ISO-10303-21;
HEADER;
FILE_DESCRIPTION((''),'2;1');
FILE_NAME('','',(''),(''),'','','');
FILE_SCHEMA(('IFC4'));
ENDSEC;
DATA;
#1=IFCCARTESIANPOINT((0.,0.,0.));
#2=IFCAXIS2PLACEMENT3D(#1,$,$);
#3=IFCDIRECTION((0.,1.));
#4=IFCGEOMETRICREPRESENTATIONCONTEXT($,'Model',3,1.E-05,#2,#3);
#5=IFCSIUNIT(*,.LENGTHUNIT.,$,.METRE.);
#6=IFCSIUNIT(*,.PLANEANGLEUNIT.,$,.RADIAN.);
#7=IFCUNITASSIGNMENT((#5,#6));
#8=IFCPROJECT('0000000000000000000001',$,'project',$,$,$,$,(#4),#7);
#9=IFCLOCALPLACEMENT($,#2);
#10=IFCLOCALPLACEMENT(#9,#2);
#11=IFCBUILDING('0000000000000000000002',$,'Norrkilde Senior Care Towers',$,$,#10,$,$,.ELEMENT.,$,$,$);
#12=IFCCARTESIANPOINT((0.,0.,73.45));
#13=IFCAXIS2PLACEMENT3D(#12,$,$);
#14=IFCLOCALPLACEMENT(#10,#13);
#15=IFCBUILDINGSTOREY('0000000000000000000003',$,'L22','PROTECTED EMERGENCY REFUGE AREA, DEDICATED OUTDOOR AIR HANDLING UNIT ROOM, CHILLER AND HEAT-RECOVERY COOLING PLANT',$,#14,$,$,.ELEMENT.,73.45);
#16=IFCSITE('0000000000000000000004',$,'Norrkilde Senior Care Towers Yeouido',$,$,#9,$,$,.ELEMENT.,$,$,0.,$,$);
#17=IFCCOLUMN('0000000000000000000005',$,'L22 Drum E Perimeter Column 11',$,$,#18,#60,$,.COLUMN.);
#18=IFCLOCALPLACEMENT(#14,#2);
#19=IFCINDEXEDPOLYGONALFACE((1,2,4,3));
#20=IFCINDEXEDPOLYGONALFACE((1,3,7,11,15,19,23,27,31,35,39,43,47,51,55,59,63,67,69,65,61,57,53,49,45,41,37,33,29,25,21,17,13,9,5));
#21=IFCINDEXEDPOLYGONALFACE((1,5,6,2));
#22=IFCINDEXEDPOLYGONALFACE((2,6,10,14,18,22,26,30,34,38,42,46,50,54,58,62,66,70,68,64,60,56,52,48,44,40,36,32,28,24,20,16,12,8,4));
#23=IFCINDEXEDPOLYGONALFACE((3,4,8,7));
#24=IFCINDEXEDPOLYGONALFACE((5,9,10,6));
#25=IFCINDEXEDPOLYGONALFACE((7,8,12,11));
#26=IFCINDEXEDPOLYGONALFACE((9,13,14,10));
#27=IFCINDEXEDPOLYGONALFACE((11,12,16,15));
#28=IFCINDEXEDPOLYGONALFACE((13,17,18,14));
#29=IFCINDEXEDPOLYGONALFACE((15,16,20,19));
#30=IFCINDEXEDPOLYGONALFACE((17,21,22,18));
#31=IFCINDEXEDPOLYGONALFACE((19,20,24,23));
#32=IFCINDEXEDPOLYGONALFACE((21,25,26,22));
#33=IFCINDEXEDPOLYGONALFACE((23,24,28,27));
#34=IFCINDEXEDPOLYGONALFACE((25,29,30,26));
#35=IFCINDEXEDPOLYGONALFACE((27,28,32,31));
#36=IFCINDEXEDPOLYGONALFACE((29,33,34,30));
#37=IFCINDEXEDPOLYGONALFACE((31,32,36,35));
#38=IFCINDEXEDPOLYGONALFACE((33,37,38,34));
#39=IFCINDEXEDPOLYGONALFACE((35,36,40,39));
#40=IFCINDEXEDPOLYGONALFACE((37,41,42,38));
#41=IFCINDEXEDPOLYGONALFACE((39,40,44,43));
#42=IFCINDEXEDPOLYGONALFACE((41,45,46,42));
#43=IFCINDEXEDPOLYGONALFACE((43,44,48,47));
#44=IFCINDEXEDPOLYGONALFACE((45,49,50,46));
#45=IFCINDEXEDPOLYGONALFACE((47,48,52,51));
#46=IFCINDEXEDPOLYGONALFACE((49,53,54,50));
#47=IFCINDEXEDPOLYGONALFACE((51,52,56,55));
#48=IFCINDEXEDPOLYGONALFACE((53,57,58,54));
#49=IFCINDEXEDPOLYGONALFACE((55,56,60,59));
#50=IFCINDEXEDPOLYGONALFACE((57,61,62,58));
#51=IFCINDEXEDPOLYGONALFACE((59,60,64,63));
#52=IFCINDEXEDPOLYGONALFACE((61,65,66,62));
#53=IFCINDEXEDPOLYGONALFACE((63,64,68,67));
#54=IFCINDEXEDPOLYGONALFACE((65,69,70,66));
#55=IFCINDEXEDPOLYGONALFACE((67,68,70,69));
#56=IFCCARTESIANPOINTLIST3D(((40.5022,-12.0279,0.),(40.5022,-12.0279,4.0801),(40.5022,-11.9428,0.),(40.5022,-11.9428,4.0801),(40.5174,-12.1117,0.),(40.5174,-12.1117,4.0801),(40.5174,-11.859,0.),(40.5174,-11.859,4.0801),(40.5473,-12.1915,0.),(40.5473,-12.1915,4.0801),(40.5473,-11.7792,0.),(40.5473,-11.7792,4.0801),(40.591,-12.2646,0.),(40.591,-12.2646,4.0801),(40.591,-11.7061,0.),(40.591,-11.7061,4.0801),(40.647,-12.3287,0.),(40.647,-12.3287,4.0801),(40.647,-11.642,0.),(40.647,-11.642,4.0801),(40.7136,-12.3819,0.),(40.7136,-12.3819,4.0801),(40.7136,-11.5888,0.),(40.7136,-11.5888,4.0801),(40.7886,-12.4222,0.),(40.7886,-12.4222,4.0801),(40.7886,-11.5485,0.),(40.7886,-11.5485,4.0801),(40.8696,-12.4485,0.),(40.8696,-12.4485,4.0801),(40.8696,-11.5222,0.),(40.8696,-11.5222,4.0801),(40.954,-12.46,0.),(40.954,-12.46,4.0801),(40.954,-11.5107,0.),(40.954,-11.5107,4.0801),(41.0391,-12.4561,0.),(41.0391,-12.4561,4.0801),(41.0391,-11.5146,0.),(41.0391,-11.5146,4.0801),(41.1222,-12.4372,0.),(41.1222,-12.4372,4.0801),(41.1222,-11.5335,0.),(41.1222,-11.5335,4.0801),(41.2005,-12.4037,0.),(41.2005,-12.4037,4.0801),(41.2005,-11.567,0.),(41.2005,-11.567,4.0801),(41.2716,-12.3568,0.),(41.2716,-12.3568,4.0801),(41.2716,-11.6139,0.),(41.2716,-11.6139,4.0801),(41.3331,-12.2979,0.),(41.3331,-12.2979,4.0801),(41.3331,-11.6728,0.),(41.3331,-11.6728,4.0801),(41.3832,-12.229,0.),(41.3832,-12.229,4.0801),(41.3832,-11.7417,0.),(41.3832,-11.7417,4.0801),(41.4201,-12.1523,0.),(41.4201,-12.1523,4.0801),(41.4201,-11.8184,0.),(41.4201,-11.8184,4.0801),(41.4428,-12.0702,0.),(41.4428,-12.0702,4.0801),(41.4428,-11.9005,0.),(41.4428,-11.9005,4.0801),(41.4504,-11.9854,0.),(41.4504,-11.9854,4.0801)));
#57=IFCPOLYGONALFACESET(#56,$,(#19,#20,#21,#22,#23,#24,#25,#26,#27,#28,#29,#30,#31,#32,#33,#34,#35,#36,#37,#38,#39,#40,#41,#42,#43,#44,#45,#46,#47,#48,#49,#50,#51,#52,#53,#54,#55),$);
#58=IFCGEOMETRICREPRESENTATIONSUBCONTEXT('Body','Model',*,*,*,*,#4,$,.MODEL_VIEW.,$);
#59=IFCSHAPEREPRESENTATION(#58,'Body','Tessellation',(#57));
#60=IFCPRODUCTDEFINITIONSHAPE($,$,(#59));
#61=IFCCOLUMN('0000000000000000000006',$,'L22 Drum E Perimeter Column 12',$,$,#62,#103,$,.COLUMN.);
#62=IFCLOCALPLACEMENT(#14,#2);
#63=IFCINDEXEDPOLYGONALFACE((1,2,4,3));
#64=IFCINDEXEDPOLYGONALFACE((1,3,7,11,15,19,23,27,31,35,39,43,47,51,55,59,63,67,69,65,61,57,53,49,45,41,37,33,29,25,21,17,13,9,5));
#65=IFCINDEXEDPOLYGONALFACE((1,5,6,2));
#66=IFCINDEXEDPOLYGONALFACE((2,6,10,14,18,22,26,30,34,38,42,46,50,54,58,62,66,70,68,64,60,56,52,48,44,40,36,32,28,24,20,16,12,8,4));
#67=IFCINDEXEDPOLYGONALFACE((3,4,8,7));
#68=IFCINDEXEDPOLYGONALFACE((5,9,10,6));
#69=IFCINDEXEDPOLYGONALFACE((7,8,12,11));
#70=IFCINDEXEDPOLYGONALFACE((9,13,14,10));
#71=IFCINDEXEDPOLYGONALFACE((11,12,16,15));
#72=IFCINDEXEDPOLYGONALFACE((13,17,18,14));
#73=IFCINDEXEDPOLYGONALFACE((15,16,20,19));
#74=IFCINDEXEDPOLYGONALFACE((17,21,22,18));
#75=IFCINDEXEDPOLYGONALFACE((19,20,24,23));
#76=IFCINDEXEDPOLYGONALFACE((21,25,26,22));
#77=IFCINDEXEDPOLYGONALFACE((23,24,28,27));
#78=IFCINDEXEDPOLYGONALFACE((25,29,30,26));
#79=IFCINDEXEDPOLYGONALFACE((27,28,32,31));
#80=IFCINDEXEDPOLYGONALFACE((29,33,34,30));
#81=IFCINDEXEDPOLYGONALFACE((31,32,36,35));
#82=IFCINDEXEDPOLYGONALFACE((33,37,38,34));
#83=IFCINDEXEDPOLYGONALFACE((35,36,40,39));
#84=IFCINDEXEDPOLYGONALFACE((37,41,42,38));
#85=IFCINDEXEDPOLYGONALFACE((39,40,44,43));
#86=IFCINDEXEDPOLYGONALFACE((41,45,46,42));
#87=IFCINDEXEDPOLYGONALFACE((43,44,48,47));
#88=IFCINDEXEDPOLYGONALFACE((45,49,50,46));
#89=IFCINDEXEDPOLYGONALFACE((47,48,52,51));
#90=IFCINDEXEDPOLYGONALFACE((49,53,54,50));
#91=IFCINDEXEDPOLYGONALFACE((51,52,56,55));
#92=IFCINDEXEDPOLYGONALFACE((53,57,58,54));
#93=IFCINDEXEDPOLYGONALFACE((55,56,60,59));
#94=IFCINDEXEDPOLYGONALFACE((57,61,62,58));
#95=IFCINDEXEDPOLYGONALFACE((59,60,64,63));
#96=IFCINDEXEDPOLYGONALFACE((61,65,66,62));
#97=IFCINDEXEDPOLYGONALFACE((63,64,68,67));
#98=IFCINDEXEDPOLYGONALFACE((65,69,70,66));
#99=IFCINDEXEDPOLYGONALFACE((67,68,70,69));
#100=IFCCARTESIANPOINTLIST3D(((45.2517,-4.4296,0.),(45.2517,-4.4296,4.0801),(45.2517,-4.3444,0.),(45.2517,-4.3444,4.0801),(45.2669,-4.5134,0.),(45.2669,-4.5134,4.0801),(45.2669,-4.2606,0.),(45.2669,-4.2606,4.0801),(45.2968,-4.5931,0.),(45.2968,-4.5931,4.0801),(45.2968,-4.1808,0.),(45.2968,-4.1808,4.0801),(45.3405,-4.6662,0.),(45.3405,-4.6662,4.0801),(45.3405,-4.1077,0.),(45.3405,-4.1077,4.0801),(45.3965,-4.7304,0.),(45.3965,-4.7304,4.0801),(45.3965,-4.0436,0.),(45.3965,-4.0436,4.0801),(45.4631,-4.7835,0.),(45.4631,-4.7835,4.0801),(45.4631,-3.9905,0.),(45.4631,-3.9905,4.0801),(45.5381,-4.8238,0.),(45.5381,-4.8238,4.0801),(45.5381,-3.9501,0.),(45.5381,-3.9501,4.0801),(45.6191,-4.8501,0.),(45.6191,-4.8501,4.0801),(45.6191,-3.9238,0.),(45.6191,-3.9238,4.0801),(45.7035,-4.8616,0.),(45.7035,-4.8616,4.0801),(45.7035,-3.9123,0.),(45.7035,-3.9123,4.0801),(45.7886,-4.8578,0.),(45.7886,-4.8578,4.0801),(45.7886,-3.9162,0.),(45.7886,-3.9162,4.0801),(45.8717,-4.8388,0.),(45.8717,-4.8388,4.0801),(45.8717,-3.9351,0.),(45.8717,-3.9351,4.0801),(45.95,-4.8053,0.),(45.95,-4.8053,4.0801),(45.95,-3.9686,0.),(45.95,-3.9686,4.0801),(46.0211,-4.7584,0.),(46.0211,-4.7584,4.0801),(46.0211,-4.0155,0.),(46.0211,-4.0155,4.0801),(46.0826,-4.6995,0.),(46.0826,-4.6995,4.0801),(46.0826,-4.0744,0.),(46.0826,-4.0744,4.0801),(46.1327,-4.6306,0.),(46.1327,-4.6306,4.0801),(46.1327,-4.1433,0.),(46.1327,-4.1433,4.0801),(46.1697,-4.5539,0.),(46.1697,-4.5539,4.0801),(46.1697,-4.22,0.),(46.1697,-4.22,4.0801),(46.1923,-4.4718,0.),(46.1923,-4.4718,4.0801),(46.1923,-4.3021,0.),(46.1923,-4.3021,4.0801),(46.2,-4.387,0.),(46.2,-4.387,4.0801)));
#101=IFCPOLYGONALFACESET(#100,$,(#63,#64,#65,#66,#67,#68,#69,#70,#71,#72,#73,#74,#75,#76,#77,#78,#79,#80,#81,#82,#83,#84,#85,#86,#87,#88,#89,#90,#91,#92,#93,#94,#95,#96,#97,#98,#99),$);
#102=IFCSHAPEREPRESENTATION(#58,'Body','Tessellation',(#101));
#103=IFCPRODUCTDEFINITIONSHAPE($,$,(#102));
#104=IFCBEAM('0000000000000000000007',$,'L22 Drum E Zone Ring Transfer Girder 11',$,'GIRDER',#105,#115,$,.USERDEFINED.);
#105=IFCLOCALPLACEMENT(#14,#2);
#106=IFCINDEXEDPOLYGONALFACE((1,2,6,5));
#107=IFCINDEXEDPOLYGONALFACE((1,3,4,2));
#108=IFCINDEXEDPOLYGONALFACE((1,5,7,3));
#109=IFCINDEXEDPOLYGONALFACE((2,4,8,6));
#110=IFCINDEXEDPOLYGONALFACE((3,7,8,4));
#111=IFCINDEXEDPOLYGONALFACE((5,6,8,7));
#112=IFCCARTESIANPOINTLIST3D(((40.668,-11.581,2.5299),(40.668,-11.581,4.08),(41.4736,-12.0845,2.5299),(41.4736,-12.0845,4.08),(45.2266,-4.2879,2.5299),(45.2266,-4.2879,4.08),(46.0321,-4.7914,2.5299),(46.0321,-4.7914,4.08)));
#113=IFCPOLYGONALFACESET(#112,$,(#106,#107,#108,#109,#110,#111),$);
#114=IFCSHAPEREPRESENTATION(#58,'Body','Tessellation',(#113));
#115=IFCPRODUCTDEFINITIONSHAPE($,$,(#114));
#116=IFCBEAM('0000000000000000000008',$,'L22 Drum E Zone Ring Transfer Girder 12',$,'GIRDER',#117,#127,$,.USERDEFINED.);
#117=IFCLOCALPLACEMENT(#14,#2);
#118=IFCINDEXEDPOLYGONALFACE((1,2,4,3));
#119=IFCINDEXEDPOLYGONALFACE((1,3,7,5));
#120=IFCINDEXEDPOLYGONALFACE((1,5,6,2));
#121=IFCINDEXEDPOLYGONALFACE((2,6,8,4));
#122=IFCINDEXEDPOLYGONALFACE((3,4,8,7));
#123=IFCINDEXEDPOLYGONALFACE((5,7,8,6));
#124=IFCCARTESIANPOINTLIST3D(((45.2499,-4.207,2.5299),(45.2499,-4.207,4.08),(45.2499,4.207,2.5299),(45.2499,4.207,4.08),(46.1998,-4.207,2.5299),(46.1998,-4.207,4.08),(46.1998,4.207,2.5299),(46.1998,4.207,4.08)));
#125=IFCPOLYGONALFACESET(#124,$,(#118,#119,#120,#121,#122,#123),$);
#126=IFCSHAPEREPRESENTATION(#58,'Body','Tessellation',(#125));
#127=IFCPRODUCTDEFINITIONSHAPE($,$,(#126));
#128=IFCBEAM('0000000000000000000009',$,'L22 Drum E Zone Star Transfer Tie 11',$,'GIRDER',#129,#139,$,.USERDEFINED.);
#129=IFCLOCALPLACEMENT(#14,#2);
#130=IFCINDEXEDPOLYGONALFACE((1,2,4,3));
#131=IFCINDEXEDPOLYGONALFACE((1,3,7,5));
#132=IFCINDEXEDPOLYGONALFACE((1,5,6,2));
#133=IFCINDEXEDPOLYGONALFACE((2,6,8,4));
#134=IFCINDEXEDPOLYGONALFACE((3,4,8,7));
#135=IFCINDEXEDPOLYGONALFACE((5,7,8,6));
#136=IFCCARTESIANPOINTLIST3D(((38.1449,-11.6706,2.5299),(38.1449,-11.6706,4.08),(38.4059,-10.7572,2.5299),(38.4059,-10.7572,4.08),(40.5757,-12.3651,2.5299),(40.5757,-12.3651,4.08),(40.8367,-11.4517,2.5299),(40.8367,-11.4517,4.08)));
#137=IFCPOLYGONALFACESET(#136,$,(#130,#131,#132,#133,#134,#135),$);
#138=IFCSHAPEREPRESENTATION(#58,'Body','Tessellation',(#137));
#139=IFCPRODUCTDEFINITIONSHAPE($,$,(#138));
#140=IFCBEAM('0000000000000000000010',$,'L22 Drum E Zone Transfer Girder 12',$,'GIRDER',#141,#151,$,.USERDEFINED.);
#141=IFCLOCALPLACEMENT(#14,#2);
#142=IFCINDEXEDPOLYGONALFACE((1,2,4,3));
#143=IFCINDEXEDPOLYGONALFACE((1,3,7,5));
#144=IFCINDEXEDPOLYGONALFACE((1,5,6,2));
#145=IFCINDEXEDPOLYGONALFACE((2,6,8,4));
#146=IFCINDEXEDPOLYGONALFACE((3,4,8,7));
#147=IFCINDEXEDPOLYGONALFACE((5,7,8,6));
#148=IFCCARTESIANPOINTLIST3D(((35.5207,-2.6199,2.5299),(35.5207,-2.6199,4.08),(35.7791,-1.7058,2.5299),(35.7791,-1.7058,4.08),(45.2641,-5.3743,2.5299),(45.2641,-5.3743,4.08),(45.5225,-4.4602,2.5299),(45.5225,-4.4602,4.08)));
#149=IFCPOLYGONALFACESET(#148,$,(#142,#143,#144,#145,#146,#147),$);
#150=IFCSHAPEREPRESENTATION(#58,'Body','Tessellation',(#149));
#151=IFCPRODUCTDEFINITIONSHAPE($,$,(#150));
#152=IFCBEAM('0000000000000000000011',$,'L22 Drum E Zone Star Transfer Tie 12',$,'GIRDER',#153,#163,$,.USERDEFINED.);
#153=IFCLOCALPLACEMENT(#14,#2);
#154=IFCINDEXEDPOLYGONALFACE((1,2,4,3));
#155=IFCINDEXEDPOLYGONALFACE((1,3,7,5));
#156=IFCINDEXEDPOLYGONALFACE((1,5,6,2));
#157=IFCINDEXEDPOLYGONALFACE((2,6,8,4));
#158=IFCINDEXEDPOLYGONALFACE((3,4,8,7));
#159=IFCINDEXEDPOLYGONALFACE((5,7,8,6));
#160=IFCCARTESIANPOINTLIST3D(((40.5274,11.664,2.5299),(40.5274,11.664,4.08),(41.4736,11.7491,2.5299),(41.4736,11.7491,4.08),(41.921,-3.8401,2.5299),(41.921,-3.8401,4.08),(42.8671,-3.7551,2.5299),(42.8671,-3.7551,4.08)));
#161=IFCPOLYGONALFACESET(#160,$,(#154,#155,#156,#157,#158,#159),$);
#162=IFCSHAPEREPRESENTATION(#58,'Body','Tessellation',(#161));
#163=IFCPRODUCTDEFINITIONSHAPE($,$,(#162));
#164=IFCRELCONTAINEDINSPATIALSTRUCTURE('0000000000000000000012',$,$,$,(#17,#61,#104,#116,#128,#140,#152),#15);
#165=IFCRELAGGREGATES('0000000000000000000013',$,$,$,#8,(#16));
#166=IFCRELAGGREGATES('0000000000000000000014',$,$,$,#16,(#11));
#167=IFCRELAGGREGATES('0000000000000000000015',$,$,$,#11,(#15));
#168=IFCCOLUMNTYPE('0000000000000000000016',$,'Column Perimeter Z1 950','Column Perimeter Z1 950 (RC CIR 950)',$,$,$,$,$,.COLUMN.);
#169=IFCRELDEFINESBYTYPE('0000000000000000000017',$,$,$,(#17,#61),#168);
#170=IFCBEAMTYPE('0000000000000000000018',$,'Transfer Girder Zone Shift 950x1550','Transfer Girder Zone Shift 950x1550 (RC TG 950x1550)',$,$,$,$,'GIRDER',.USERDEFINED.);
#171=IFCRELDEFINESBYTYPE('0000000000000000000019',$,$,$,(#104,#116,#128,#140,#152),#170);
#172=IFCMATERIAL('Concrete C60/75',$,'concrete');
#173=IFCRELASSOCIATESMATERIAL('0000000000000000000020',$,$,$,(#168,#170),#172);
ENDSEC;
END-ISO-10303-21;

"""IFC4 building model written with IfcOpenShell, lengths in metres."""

from ifc_helpers import new_model, si_unit, direction, frame, origin, origin_2d, place, context, subcontext, project, spatial, rectangle, circle, extrude, source, transform, mapped, material, material_profile, profile_set, type_object, type_shapes, element, save


model = new_model("IFC4")

# Units and contexts
model_context = context("Model", 3, precision=1e-05, world=origin(), true_north=direction((0.0, 1.0)))
body_context = subcontext(model_context, "Body", "Model", "MODEL_VIEW")
ifc_project = project(units=[si_unit("LENGTHUNIT", "METRE"), si_unit("PLANEANGLEUNIT", "RADIAN")], contexts=[model_context])

# Site, building, storey
site_placement = place(None, origin())
site = spatial("IfcSite", under=ifc_project, at=site_placement, Name="Norrkilde Senior Care Towers Yeouido", CompositionType="ELEMENT", RefElevation=0.0)
building_placement = place(site_placement, origin())
building = spatial("IfcBuilding", under=site, at=building_placement, Name="Norrkilde Senior Care Towers", CompositionType="ELEMENT")
storey_placement = place(building_placement, frame((0.0, 0.0, 73.45)))
storey = spatial("IfcBuildingStorey", under=building, at=storey_placement, Name="L22", Description="PROTECTED EMERGENCY REFUGE AREA, DEDICATED OUTDOOR AIR HANDLING UNIT ROOM, CHILLER AND HEAT-RECOVERY COOLING PLANT", CompositionType="ELEMENT", Elevation=73.45)

# Columns
ifc_material_1 = material(Name="Concrete C60/75", Category="concrete")
ifc_material_profile_1 = material_profile(ifc_material_1, circle(Radius=0.4751, at=origin_2d()), Name="RC CIR 950")
ifc_profile_set_1 = profile_set([ifc_material_profile_1], Name="Concrete C60/75")
column_type = type_object("IfcColumnType", Name="Column Perimeter Z1 950", Description="Column Perimeter Z1 950 (RC CIR 950)", PredefinedType="COLUMN", material=ifc_profile_set_1)
shared_shape_1 = source(origin(), body_context, "Body", "SweptSolid", [
    extrude(circle(Radius=0.4751, at=origin_2d()), origin(), (0.0, 0.0, 1.0), 4.0801),
])
type_shapes(column_type, [shared_shape_1])
for number, where, z_axis, x_axis, name in (
    (1, (40.9753, -11.9854, 0.0), (0.0, 0.0, 1.0), (1.0, 0.0, 0.0), "L22 Drum E Perimeter Column 11"),
    (2, (45.7249, -4.387, 0.0), (0.0, 0.0, 1.0), (1.0, 0.0, 0.0), "L22 Drum E Perimeter Column 12"),
):
    element("IfcColumn", number, at=place(storey_placement, frame(where, z_axis=z_axis, x_axis=x_axis)), inside=storey, type_object=column_type, Name=name, PredefinedType="COLUMN", context=body_context, shape_type="MappedRepresentation", body=[
        mapped(shared_shape_1, transform((0.0, 0.0, 0.0), x_axis=(1.0, 0.0, 0.0), y_axis=(0.0, 1.0, 0.0), z_axis=(0.0, 0.0, 1.0), scale=1.0)),
    ])

# Beams
ifc_material_profile_2 = material_profile(ifc_material_1, rectangle(XDim=0.95, YDim=1.55, at=origin_2d()), Name="RC TG 950x1550")
ifc_profile_set_2 = profile_set([ifc_material_profile_2], Name="Concrete C60/75")
beam_type = type_object("IfcBeamType", Name="Transfer Girder Zone Shift 950x1550", Description="Transfer Girder Zone Shift 950x1550 (RC TG 950x1550)", ElementType="GIRDER", PredefinedType="USERDEFINED", material=ifc_profile_set_2)
shared_shape_2 = source(origin(), body_context, "Body", "SweptSolid", [
    extrude(rectangle(XDim=0.95, YDim=1.55, at=origin_2d()), origin(), (0.0, 0.0, 1.0), 8.6006),
])
beam_1_placement = place(storey_placement, frame((41.0708, -11.8328, 3.3049), z_axis=(0.530027, 0.847981, 0.0), x_axis=(-0.847981, 0.530027, 0.0)))
element("IfcBeam", 3, at=beam_1_placement, inside=storey, type_object=beam_type, Name="L22 Drum E Zone Ring Transfer Girder 11", ObjectType="GIRDER", PredefinedType="USERDEFINED", context=body_context, shape_type="MappedRepresentation", body=[
    mapped(shared_shape_2, transform((0.0, 0.0, 0.0), x_axis=(1.0, 0.0, 0.0), y_axis=(0.0, 1.0, 0.0), z_axis=(0.0, 0.0, 1.0), scale=1.0)),
])
shared_shape_3 = source(origin(), body_context, "Body", "SweptSolid", [
    extrude(rectangle(XDim=0.95, YDim=1.55, at=origin_2d()), origin(), (0.0, 0.0, 1.0), 8.4141),
])
beam_2_placement = place(storey_placement, frame((45.7249, -4.207, 3.3049), z_axis=(0.0, 1.0, 0.0), x_axis=(-1.0, 0.0, 0.0)))
element("IfcBeam", 4, at=beam_2_placement, inside=storey, type_object=beam_type, Name="L22 Drum E Zone Ring Transfer Girder 12", ObjectType="GIRDER", PredefinedType="USERDEFINED", context=body_context, shape_type="MappedRepresentation", body=[
    mapped(shared_shape_3, transform((0.0, 0.0, 0.0), x_axis=(1.0, 0.0, 0.0), y_axis=(0.0, 1.0, 0.0), z_axis=(0.0, 0.0, 1.0), scale=1.0)),
])
shared_shape_4 = source(origin(), body_context, "Body", "SweptSolid", [
    extrude(rectangle(XDim=0.95, YDim=1.55, at=origin_2d()), origin(), (0.0, 0.0, 1.0), 2.5281),
])
beam_3_placement = place(storey_placement, frame((38.2754, -11.2139, 3.3049), z_axis=(0.96152, -0.274734, 0.0), x_axis=(0.274734, 0.96152, 0.0)))
element("IfcBeam", 5, at=beam_3_placement, inside=storey, type_object=beam_type, Name="L22 Drum E Zone Star Transfer Tie 11", ObjectType="GIRDER", PredefinedType="USERDEFINED", context=body_context, shape_type="MappedRepresentation", body=[
    mapped(shared_shape_4, transform((0.0, 0.0, 0.0), x_axis=(1.0, 0.0, 0.0), y_axis=(0.0, 1.0, 0.0), z_axis=(0.0, 0.0, 1.0), scale=1.0)),
])
shared_shape_5 = source(origin(), body_context, "Body", "SweptSolid", [
    extrude(rectangle(XDim=0.95, YDim=1.55, at=origin_2d()), origin(), (0.0, 0.0, 1.0), 10.1252),
])
beam_4_placement = place(storey_placement, frame((35.6499, -2.1628, 3.3049), z_axis=(0.962288, -0.272032, 0.0), x_axis=(0.272032, 0.962288, 0.0)))
element("IfcBeam", 6, at=beam_4_placement, inside=storey, type_object=beam_type, Name="L22 Drum E Zone Transfer Girder 12", ObjectType="GIRDER", PredefinedType="USERDEFINED", context=body_context, shape_type="MappedRepresentation", body=[
    mapped(shared_shape_5, transform((0.0, 0.0, 0.0), x_axis=(1.0, 0.0, 0.0), y_axis=(0.0, 1.0, 0.0), z_axis=(0.0, 0.0, 1.0), scale=1.0)),
])
shared_shape_6 = source(origin(), body_context, "Body", "SweptSolid", [
    extrude(rectangle(XDim=0.95, YDim=1.55, at=origin_2d()), origin(), (0.0, 0.0, 1.0), 15.5667),
])
type_shapes(beam_type, [shared_shape_2, shared_shape_3, shared_shape_4, shared_shape_5, shared_shape_6])
beam_5_placement = place(storey_placement, frame((42.394, -3.7976, 3.3049), z_axis=(-0.089522, 0.995985, 0.0), x_axis=(-0.995985, -0.089522, 0.0)))
element("IfcBeam", 7, at=beam_5_placement, inside=storey, type_object=beam_type, Name="L22 Drum E Zone Star Transfer Tie 12", ObjectType="GIRDER", PredefinedType="USERDEFINED", context=body_context, shape_type="MappedRepresentation", body=[
    mapped(shared_shape_6, transform((0.0, 0.0, 0.0), x_axis=(1.0, 0.0, 0.0), y_axis=(0.0, 1.0, 0.0), z_axis=(0.0, 0.0, 1.0), scale=1.0)),
])

save(model, "model.ifc")
